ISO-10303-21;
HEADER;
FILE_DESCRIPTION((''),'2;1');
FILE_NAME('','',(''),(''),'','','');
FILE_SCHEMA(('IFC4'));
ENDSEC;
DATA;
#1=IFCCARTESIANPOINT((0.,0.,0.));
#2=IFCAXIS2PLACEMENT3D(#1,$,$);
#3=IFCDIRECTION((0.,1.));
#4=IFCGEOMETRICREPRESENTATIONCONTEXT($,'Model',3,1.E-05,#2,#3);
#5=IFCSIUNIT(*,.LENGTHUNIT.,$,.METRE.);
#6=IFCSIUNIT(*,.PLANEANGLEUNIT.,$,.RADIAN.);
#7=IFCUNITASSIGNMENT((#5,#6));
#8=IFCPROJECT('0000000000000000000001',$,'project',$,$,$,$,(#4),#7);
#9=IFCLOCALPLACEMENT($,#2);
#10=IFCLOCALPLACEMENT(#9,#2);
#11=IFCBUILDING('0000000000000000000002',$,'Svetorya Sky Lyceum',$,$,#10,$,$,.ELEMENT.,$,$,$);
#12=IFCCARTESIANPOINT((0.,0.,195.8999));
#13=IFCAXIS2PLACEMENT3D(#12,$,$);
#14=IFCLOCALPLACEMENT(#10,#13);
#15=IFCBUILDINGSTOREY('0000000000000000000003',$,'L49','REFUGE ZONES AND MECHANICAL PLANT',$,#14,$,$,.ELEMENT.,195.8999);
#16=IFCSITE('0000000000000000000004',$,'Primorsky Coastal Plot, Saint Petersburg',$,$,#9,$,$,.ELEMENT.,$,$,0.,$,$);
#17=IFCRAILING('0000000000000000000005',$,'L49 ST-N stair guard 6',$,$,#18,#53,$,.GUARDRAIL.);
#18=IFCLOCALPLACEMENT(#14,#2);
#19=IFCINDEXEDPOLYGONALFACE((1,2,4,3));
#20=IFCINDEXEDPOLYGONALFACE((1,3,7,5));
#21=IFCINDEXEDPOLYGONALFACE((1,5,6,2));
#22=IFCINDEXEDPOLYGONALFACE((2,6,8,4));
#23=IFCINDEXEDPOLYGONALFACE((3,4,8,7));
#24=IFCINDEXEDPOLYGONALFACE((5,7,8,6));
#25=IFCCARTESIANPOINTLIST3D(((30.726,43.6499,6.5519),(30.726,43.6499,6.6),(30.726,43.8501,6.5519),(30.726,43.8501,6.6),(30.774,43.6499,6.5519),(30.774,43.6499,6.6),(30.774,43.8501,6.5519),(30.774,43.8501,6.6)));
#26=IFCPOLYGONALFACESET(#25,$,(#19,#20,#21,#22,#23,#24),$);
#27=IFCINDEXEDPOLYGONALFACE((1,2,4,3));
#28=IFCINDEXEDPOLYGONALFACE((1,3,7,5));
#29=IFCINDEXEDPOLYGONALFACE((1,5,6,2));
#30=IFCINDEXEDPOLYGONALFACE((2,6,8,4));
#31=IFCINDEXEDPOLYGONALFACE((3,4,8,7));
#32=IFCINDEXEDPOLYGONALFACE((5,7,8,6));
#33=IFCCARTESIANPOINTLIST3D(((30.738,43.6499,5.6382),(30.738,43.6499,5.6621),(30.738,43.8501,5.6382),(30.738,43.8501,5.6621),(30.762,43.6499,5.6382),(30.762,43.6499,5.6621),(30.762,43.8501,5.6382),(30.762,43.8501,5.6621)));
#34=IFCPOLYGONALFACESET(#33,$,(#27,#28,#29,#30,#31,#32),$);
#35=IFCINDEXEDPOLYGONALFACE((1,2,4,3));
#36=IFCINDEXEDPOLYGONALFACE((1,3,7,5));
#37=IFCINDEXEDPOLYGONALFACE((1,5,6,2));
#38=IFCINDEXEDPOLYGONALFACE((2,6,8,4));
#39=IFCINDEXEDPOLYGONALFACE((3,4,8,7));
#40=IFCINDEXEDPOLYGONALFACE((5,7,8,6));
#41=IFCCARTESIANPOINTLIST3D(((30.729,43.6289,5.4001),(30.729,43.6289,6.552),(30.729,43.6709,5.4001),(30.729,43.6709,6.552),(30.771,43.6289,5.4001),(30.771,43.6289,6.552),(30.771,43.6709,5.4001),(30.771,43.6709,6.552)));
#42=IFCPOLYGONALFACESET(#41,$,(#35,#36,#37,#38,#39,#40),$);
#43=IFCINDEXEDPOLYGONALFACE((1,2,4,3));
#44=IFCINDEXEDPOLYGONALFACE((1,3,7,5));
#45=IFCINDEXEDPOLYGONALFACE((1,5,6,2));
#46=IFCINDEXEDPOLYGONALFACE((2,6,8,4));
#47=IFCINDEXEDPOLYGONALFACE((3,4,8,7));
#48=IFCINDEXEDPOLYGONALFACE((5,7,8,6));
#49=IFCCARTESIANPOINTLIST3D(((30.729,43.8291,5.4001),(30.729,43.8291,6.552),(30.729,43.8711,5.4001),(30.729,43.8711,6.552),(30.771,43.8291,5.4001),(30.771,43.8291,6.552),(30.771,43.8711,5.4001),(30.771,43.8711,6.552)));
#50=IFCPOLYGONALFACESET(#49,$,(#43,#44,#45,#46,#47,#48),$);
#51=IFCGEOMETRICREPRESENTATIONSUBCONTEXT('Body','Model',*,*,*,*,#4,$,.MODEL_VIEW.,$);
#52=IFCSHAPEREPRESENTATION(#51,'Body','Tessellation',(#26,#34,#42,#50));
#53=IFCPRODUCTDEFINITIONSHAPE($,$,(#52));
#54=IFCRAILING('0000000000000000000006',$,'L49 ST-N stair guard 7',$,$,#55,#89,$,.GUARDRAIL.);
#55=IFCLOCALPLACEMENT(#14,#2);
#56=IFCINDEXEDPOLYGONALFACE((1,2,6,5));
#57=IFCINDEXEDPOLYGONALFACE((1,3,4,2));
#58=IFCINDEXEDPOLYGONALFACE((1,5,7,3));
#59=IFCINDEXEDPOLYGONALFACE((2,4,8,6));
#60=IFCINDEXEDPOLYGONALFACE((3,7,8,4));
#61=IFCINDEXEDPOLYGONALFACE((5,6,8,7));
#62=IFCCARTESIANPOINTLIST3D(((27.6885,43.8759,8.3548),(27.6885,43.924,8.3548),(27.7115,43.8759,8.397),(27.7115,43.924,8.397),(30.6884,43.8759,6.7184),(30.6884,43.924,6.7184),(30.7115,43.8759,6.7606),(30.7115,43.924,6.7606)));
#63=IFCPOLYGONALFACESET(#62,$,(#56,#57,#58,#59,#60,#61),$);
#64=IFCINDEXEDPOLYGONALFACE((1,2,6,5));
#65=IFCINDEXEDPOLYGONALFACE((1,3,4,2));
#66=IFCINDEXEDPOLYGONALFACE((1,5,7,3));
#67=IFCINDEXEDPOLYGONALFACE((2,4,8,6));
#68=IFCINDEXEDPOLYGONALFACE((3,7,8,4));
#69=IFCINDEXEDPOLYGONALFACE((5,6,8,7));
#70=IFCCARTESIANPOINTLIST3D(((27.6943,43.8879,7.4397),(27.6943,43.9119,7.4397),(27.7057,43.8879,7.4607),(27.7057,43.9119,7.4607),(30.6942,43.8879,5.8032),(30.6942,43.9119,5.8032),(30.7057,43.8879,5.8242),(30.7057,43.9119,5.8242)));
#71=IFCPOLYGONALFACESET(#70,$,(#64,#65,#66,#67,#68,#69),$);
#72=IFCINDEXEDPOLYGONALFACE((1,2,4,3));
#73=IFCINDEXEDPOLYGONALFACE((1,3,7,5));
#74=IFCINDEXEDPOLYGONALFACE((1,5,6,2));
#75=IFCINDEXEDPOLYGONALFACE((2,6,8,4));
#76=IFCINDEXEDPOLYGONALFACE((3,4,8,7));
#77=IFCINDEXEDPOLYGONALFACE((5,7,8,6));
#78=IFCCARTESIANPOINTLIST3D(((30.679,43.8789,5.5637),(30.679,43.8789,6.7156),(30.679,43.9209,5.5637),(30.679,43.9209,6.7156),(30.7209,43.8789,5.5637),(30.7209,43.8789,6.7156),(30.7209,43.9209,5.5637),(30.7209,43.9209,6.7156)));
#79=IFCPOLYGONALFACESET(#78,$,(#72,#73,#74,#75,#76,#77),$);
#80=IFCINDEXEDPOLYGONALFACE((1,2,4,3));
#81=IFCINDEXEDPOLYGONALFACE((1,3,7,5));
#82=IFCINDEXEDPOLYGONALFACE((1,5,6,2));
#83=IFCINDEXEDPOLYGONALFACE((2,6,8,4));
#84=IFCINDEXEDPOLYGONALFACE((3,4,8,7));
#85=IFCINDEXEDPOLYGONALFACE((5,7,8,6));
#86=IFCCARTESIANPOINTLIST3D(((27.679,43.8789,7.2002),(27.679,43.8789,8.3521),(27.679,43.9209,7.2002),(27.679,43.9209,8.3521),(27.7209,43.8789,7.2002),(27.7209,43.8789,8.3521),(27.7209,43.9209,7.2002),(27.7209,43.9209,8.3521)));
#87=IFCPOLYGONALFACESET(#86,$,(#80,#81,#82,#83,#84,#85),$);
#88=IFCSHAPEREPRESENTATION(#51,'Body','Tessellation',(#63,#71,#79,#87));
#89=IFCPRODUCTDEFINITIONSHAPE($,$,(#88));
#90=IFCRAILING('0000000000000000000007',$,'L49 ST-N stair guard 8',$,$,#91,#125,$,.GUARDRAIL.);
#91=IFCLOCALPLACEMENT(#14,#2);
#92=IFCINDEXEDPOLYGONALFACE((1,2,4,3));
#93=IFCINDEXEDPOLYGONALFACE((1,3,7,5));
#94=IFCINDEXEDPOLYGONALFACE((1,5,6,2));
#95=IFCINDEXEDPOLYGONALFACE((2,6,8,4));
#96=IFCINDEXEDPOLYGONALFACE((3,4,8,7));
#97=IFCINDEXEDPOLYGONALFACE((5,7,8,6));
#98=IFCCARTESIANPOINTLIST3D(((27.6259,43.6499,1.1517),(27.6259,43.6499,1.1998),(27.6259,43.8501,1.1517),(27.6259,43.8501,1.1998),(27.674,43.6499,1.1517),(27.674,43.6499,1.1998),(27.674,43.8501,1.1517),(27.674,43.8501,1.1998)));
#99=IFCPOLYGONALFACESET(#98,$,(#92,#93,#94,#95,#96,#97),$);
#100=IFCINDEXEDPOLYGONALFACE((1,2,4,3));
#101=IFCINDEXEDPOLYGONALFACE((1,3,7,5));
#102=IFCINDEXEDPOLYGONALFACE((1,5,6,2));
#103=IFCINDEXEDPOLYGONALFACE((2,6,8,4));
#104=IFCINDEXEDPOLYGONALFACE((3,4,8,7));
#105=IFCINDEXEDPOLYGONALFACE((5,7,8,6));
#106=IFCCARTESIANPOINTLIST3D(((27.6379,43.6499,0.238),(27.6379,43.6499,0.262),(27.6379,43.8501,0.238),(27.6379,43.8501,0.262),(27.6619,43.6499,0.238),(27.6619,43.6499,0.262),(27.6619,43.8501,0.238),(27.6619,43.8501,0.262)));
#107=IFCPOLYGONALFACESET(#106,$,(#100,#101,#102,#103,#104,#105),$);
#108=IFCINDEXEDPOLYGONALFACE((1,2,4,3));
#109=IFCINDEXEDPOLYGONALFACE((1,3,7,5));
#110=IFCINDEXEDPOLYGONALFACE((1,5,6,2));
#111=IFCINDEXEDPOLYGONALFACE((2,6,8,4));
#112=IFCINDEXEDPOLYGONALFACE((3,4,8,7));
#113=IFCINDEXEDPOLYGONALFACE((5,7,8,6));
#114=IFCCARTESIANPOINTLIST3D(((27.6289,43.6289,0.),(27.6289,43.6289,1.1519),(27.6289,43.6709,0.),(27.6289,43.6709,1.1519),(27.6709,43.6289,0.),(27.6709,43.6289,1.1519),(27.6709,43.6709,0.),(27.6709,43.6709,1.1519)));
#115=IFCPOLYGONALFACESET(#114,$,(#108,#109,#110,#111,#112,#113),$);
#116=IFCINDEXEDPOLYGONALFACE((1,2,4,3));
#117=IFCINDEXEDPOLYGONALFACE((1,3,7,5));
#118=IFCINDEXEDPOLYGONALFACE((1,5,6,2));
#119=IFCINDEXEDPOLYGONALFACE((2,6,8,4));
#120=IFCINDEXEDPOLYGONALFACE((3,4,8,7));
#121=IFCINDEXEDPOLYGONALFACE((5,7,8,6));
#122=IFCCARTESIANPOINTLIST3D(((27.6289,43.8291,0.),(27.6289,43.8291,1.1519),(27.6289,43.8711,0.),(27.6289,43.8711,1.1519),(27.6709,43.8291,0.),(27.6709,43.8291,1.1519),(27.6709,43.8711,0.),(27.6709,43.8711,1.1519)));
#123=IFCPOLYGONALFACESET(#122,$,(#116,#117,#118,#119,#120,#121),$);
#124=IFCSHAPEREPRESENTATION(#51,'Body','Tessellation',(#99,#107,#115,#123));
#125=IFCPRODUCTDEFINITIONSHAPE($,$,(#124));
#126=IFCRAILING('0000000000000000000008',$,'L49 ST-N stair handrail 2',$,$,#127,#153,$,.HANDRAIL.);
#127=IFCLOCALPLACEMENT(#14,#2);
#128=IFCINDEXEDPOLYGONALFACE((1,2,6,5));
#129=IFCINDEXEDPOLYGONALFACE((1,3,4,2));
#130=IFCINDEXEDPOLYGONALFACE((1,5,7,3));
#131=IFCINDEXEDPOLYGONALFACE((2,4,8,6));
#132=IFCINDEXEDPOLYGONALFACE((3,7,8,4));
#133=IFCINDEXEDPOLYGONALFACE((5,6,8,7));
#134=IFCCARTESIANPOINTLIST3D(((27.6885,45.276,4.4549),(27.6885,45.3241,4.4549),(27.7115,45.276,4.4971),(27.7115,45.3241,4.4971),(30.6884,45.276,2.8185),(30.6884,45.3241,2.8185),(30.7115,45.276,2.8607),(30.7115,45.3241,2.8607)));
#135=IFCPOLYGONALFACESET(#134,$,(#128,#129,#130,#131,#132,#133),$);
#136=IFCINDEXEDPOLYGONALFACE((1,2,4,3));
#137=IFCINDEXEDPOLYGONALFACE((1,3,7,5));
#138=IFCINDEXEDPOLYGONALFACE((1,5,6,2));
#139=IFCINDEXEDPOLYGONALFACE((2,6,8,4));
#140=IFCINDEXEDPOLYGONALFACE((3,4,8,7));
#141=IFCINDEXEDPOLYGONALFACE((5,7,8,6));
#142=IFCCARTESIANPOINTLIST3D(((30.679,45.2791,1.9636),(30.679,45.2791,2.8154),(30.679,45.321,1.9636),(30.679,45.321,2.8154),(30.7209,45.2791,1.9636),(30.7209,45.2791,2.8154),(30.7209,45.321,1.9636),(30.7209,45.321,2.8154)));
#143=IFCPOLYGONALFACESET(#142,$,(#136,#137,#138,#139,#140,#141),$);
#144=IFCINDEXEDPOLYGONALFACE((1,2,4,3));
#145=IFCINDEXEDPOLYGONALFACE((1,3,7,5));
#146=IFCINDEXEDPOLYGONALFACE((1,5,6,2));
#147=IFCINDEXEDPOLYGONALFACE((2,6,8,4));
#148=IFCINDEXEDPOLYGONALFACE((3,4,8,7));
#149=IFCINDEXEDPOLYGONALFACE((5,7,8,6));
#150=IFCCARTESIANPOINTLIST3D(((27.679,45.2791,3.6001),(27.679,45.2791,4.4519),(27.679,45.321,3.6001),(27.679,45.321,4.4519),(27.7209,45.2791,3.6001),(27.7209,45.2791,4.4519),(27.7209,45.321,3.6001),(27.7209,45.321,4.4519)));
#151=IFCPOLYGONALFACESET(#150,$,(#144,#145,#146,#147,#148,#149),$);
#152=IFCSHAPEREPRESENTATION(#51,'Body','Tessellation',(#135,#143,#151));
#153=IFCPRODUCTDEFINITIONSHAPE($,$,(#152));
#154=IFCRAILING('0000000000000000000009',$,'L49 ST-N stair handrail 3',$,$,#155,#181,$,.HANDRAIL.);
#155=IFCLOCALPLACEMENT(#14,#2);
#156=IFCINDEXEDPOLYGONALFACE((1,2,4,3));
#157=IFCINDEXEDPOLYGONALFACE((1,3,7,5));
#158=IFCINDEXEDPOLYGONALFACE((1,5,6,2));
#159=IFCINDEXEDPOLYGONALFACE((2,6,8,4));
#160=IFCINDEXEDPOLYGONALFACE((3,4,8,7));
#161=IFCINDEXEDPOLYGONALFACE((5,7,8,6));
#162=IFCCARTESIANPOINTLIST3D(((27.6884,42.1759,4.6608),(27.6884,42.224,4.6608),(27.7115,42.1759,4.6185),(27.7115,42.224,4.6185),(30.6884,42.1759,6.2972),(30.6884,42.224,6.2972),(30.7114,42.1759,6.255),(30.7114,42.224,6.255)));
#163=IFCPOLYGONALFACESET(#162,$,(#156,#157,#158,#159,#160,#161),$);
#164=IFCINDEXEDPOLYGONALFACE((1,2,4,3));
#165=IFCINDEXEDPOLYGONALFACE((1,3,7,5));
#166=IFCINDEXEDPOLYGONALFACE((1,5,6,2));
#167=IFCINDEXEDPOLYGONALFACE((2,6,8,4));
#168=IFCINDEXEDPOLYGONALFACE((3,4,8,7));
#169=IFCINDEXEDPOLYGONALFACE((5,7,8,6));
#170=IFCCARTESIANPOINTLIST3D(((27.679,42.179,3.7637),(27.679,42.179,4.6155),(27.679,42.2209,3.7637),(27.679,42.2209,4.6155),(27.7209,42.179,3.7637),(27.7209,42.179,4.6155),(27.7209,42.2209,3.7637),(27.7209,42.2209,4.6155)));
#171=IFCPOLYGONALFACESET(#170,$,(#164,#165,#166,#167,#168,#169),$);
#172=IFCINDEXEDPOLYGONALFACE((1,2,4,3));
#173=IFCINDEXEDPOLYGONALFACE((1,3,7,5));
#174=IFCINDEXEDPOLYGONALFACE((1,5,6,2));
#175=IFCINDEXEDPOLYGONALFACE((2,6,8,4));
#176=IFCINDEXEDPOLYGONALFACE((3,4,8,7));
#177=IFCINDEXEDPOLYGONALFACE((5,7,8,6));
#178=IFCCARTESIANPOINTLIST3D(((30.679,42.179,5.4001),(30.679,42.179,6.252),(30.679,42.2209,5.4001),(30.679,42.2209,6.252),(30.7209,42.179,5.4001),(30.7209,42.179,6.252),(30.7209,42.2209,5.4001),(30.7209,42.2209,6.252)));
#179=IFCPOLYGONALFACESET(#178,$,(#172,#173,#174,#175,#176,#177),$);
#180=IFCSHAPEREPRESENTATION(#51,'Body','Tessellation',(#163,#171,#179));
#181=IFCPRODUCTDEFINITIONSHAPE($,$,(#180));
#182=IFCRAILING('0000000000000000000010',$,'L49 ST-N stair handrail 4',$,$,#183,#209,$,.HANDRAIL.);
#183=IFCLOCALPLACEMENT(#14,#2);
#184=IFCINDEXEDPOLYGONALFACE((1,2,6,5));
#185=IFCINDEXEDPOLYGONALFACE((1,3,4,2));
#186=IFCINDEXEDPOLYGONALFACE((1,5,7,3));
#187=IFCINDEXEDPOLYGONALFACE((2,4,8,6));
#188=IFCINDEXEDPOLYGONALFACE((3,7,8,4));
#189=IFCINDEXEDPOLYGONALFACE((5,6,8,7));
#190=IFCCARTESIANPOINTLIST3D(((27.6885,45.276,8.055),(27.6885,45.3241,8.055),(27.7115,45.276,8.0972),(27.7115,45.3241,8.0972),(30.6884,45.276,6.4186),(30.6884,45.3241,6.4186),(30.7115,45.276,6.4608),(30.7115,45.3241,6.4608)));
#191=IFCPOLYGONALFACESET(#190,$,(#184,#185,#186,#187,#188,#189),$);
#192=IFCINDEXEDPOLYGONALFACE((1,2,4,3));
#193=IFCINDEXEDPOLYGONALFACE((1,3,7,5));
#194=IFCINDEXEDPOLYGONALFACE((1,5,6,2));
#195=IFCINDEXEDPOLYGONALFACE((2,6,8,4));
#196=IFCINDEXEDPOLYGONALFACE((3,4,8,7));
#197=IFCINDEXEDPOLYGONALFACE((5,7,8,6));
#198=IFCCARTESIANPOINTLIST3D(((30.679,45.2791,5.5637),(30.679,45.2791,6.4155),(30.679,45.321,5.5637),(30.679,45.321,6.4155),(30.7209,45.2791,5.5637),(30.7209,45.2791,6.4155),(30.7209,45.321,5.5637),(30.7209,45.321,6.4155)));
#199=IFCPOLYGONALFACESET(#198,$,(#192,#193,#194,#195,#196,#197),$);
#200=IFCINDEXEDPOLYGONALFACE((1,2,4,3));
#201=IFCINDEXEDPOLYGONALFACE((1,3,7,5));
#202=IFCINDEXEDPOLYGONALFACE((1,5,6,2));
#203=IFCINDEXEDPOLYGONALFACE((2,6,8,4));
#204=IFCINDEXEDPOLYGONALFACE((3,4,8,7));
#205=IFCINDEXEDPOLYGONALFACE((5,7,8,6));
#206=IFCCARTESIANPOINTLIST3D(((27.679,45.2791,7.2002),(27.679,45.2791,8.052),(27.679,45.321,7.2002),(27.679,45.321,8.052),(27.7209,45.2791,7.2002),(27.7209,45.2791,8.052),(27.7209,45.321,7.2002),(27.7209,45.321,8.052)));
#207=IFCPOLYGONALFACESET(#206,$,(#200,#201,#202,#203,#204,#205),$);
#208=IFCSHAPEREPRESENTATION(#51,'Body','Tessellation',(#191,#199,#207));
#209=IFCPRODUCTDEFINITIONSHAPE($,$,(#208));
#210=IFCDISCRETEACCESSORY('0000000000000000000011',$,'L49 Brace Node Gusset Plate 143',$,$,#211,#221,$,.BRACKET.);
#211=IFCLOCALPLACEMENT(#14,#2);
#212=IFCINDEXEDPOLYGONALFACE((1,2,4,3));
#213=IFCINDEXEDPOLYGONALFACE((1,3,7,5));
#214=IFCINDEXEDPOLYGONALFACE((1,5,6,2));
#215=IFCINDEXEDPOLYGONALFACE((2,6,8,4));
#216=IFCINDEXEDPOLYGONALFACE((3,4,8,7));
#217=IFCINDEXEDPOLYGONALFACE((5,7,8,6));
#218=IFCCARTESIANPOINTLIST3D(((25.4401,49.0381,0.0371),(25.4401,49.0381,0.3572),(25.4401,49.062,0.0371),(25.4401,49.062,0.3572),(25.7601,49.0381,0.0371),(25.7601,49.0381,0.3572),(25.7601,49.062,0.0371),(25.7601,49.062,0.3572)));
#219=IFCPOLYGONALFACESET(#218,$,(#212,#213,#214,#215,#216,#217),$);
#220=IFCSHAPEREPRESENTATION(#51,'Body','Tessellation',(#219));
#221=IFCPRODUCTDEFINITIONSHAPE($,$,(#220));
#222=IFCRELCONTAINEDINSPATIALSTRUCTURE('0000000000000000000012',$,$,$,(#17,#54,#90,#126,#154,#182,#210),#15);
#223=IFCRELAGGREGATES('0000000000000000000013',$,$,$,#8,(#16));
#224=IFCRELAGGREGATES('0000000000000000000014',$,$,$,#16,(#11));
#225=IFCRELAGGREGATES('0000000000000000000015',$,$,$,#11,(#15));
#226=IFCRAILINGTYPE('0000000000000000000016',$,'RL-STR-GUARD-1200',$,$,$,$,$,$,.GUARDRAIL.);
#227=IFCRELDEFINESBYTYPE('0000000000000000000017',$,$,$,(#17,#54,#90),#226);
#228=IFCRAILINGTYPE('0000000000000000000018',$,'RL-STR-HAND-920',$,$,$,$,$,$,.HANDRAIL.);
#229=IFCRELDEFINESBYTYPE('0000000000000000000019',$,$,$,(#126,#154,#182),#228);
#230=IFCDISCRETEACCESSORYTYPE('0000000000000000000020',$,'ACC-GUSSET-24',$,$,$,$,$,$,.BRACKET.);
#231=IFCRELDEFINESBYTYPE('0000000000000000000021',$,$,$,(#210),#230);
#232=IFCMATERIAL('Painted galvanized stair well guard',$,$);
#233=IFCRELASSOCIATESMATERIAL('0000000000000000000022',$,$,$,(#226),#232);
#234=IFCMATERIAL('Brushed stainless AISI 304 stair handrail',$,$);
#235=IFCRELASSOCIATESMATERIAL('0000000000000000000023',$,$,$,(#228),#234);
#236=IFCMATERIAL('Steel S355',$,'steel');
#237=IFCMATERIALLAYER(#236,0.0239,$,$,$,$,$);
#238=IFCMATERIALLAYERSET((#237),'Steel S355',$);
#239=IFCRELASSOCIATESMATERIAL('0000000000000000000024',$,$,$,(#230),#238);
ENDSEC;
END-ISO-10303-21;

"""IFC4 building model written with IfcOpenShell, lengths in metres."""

from ifc_helpers import new_model, si_unit, direction, frame, origin, origin_2d, place, context, subcontext, project, spatial, rectangle, extrude, material, layer, layer_set, type_object, element, save


model = new_model("IFC4")

# Units and contexts
model_context = context("Model", 3, precision=1e-05, world=origin(), true_north=direction((0.0, 1.0)))
body_context = subcontext(model_context, "Body", "Model", "MODEL_VIEW")
ifc_project = project(units=[si_unit("LENGTHUNIT", "METRE"), si_unit("PLANEANGLEUNIT", "RADIAN")], contexts=[model_context])

# Site, building, storey
site_placement = place(None, origin())
site = spatial("IfcSite", under=ifc_project, at=site_placement, Name="Primorsky Coastal Plot, Saint Petersburg", CompositionType="ELEMENT", RefElevation=0.0)
building_placement = place(site_placement, origin())
building = spatial("IfcBuilding", under=site, at=building_placement, Name="Svetorya Sky Lyceum", CompositionType="ELEMENT")
storey_placement = place(building_placement, frame((0.0, 0.0, 195.8999)))
storey = spatial("IfcBuildingStorey", under=building, at=storey_placement, Name="L49", Description="REFUGE ZONES AND MECHANICAL PLANT", CompositionType="ELEMENT", Elevation=195.8999)

# Shared definitions
ifc_material_1 = material(Name="Steel S355", Category="steel")

# Railings
ifc_material_2 = material(Name="Painted galvanized stair well guard")
railing_type_1 = type_object("IfcRailingType", Name="RL-STR-GUARD-1200", PredefinedType="GUARDRAIL", material=ifc_material_2)
railing_1_placement = place(storey_placement, frame((30.75, 43.6499, 5.4001)))
element("IfcRailing", 1, at=railing_1_placement, inside=storey, type_object=railing_type_1, Name="L49 ST-N stair guard 6", PredefinedType="GUARDRAIL", context=body_context, shape_type="SweptSolid", body=[
    extrude(rectangle(XDim=0.0481, YDim=0.0481, at=origin_2d()), frame((0.0, 0.0, 1.1758), z_axis=(0.0, 1.0, 0.0), x_axis=(-1.0, 0.0, 0.0)), (0.0, 0.0, 1.0), 0.2002),
    extrude(rectangle(XDim=0.0239, YDim=0.0239, at=origin_2d()), frame((0.0, 0.0, 0.25), z_axis=(0.0, 1.0, 0.0), x_axis=(-1.0, 0.0, 0.0)), (0.0, 0.0, 1.0), 0.2002),
    extrude(rectangle(XDim=0.042, YDim=0.042, at=origin_2d()), origin(), (0.0, 0.0, 1.0), 1.1519),
    extrude(rectangle(XDim=0.042, YDim=0.042, at=origin_2d()), frame((0.0, 0.2002, 0.0)), (0.0, 0.0, 1.0), 1.1519),
])
railing_2_placement = place(storey_placement, frame((30.7, 43.8999, 5.5637)))
element("IfcRailing", 2, at=railing_2_placement, inside=storey, type_object=railing_type_1, Name="L49 ST-N stair guard 7", PredefinedType="GUARDRAIL", context=body_context, shape_type="SweptSolid", body=[
    extrude(rectangle(XDim=0.0481, YDim=0.0481, at=origin_2d()), frame((0.0, 0.0, 1.1758), z_axis=(-0.877882, 0.0, 0.478877), x_axis=(0.0, -1.0, 0.0)), (0.0, 0.0, 1.0), 3.4172),
    extrude(rectangle(XDim=0.0239, YDim=0.0239, at=origin_2d()), frame((0.0, 0.0, 0.25), z_axis=(-0.877882, 0.0, 0.478877), x_axis=(0.0, -1.0, 0.0)), (0.0, 0.0, 1.0), 3.4172),
    extrude(rectangle(XDim=0.042, YDim=0.042, at=origin_2d()), origin(), (0.0, 0.0, 1.0), 1.1519),
    extrude(rectangle(XDim=0.042, YDim=0.042, at=origin_2d()), frame((-3.0, 0.0, 1.6365)), (0.0, 0.0, 1.0), 1.1519),
])
railing_3_placement = place(storey_placement, frame((27.6499, 43.6499, 0.0)))
element("IfcRailing", 3, at=railing_3_placement, inside=storey, type_object=railing_type_1, Name="L49 ST-N stair guard 8", PredefinedType="GUARDRAIL", context=body_context, shape_type="SweptSolid", body=[
    extrude(rectangle(XDim=0.0481, YDim=0.0481, at=origin_2d()), frame((0.0, 0.0, 1.1758), z_axis=(0.0, 1.0, 0.0), x_axis=(-1.0, 0.0, 0.0)), (0.0, 0.0, 1.0), 0.2002),
    extrude(rectangle(XDim=0.0239, YDim=0.0239, at=origin_2d()), frame((0.0, 0.0, 0.25), z_axis=(0.0, 1.0, 0.0), x_axis=(-1.0, 0.0, 0.0)), (0.0, 0.0, 1.0), 0.2002),
    extrude(rectangle(XDim=0.042, YDim=0.042, at=origin_2d()), origin(), (0.0, 0.0, 1.0), 1.1519),
    extrude(rectangle(XDim=0.042, YDim=0.042, at=origin_2d()), frame((0.0, 0.2002, 0.0)), (0.0, 0.0, 1.0), 1.1519),
])
ifc_material_3 = material(Name="Brushed stainless AISI 304 stair handrail")
railing_type_2 = type_object("IfcRailingType", Name="RL-STR-HAND-920", PredefinedType="HANDRAIL", material=ifc_material_3)
railing_4_placement = place(storey_placement, frame((30.7, 45.3, 1.9636)))
element("IfcRailing", 4, at=railing_4_placement, inside=storey, type_object=railing_type_2, Name="L49 ST-N stair handrail 2", PredefinedType="HANDRAIL", context=body_context, shape_type="SweptSolid", body=[
    extrude(rectangle(XDim=0.0481, YDim=0.0481, at=origin_2d()), frame((0.0, 0.0, 0.876), z_axis=(-0.877882, 0.0, 0.478877), x_axis=(0.0, -1.0, 0.0)), (0.0, 0.0, 1.0), 3.4172),
    extrude(rectangle(XDim=0.042, YDim=0.042, at=origin_2d()), origin(), (0.0, 0.0, 1.0), 0.8518),
    extrude(rectangle(XDim=0.042, YDim=0.042, at=origin_2d()), frame((-3.0, 0.0, 1.6365)), (0.0, 0.0, 1.0), 0.8518),
])
railing_5_placement = place(storey_placement, frame((27.7, 42.2, 3.7637)))
element("IfcRailing", 5, at=railing_5_placement, inside=storey, type_object=railing_type_2, Name="L49 ST-N stair handrail 3", PredefinedType="HANDRAIL", context=body_context, shape_type="SweptSolid", body=[
    extrude(rectangle(XDim=0.0481, YDim=0.0481, at=origin_2d()), frame((0.0, 0.0, 0.876), z_axis=(0.877882, 0.0, 0.478877), x_axis=(0.0, 1.0, 0.0)), (0.0, 0.0, 1.0), 3.4172),
    extrude(rectangle(XDim=0.042, YDim=0.042, at=origin_2d()), origin(), (0.0, 0.0, 1.0), 0.8518),
    extrude(rectangle(XDim=0.042, YDim=0.042, at=origin_2d()), frame((3.0, 0.0, 1.6365)), (0.0, 0.0, 1.0), 0.8518),
])
railing_6_placement = place(storey_placement, frame((30.7, 45.3, 5.5637)))
element("IfcRailing", 6, at=railing_6_placement, inside=storey, type_object=railing_type_2, Name="L49 ST-N stair handrail 4", PredefinedType="HANDRAIL", context=body_context, shape_type="SweptSolid", body=[
    extrude(rectangle(XDim=0.0481, YDim=0.0481, at=origin_2d()), frame((0.0, 0.0, 0.876), z_axis=(-0.877882, 0.0, 0.478877), x_axis=(0.0, -1.0, 0.0)), (0.0, 0.0, 1.0), 3.4172),
    extrude(rectangle(XDim=0.042, YDim=0.042, at=origin_2d()), origin(), (0.0, 0.0, 1.0), 0.8518),
    extrude(rectangle(XDim=0.042, YDim=0.042, at=origin_2d()), frame((-3.0, 0.0, 1.6365)), (0.0, 0.0, 1.0), 0.8518),
])

# Discrete accessory
ifc_layer_1 = layer(ifc_material_1, 0.0239)
ifc_layer_set_1 = layer_set([ifc_layer_1], Name="Steel S355")
discrete_accessory_type = type_object("IfcDiscreteAccessoryType", Name="ACC-GUSSET-24", PredefinedType="BRACKET", material=ifc_layer_set_1)
for number, where, z_axis, x_axis, name in (
    (7, (25.6001, 49.05, 0.0371), (0.0, 0.0, 1.0), (1.0, 0.0, 0.0), "L49 Brace Node Gusset Plate 143"),
):
    element("IfcDiscreteAccessory", number, at=place(storey_placement, frame(where, z_axis=z_axis, x_axis=x_axis)), inside=storey, type_object=discrete_accessory_type, Name=name, PredefinedType="BRACKET", context=body_context, shape_type="SweptSolid", body=[
        extrude(rectangle(XDim=0.3201, YDim=0.0239, at=origin_2d()), origin(), (0.0, 0.0, 1.0), 0.3201),
    ])

save(model, "model.ifc")
